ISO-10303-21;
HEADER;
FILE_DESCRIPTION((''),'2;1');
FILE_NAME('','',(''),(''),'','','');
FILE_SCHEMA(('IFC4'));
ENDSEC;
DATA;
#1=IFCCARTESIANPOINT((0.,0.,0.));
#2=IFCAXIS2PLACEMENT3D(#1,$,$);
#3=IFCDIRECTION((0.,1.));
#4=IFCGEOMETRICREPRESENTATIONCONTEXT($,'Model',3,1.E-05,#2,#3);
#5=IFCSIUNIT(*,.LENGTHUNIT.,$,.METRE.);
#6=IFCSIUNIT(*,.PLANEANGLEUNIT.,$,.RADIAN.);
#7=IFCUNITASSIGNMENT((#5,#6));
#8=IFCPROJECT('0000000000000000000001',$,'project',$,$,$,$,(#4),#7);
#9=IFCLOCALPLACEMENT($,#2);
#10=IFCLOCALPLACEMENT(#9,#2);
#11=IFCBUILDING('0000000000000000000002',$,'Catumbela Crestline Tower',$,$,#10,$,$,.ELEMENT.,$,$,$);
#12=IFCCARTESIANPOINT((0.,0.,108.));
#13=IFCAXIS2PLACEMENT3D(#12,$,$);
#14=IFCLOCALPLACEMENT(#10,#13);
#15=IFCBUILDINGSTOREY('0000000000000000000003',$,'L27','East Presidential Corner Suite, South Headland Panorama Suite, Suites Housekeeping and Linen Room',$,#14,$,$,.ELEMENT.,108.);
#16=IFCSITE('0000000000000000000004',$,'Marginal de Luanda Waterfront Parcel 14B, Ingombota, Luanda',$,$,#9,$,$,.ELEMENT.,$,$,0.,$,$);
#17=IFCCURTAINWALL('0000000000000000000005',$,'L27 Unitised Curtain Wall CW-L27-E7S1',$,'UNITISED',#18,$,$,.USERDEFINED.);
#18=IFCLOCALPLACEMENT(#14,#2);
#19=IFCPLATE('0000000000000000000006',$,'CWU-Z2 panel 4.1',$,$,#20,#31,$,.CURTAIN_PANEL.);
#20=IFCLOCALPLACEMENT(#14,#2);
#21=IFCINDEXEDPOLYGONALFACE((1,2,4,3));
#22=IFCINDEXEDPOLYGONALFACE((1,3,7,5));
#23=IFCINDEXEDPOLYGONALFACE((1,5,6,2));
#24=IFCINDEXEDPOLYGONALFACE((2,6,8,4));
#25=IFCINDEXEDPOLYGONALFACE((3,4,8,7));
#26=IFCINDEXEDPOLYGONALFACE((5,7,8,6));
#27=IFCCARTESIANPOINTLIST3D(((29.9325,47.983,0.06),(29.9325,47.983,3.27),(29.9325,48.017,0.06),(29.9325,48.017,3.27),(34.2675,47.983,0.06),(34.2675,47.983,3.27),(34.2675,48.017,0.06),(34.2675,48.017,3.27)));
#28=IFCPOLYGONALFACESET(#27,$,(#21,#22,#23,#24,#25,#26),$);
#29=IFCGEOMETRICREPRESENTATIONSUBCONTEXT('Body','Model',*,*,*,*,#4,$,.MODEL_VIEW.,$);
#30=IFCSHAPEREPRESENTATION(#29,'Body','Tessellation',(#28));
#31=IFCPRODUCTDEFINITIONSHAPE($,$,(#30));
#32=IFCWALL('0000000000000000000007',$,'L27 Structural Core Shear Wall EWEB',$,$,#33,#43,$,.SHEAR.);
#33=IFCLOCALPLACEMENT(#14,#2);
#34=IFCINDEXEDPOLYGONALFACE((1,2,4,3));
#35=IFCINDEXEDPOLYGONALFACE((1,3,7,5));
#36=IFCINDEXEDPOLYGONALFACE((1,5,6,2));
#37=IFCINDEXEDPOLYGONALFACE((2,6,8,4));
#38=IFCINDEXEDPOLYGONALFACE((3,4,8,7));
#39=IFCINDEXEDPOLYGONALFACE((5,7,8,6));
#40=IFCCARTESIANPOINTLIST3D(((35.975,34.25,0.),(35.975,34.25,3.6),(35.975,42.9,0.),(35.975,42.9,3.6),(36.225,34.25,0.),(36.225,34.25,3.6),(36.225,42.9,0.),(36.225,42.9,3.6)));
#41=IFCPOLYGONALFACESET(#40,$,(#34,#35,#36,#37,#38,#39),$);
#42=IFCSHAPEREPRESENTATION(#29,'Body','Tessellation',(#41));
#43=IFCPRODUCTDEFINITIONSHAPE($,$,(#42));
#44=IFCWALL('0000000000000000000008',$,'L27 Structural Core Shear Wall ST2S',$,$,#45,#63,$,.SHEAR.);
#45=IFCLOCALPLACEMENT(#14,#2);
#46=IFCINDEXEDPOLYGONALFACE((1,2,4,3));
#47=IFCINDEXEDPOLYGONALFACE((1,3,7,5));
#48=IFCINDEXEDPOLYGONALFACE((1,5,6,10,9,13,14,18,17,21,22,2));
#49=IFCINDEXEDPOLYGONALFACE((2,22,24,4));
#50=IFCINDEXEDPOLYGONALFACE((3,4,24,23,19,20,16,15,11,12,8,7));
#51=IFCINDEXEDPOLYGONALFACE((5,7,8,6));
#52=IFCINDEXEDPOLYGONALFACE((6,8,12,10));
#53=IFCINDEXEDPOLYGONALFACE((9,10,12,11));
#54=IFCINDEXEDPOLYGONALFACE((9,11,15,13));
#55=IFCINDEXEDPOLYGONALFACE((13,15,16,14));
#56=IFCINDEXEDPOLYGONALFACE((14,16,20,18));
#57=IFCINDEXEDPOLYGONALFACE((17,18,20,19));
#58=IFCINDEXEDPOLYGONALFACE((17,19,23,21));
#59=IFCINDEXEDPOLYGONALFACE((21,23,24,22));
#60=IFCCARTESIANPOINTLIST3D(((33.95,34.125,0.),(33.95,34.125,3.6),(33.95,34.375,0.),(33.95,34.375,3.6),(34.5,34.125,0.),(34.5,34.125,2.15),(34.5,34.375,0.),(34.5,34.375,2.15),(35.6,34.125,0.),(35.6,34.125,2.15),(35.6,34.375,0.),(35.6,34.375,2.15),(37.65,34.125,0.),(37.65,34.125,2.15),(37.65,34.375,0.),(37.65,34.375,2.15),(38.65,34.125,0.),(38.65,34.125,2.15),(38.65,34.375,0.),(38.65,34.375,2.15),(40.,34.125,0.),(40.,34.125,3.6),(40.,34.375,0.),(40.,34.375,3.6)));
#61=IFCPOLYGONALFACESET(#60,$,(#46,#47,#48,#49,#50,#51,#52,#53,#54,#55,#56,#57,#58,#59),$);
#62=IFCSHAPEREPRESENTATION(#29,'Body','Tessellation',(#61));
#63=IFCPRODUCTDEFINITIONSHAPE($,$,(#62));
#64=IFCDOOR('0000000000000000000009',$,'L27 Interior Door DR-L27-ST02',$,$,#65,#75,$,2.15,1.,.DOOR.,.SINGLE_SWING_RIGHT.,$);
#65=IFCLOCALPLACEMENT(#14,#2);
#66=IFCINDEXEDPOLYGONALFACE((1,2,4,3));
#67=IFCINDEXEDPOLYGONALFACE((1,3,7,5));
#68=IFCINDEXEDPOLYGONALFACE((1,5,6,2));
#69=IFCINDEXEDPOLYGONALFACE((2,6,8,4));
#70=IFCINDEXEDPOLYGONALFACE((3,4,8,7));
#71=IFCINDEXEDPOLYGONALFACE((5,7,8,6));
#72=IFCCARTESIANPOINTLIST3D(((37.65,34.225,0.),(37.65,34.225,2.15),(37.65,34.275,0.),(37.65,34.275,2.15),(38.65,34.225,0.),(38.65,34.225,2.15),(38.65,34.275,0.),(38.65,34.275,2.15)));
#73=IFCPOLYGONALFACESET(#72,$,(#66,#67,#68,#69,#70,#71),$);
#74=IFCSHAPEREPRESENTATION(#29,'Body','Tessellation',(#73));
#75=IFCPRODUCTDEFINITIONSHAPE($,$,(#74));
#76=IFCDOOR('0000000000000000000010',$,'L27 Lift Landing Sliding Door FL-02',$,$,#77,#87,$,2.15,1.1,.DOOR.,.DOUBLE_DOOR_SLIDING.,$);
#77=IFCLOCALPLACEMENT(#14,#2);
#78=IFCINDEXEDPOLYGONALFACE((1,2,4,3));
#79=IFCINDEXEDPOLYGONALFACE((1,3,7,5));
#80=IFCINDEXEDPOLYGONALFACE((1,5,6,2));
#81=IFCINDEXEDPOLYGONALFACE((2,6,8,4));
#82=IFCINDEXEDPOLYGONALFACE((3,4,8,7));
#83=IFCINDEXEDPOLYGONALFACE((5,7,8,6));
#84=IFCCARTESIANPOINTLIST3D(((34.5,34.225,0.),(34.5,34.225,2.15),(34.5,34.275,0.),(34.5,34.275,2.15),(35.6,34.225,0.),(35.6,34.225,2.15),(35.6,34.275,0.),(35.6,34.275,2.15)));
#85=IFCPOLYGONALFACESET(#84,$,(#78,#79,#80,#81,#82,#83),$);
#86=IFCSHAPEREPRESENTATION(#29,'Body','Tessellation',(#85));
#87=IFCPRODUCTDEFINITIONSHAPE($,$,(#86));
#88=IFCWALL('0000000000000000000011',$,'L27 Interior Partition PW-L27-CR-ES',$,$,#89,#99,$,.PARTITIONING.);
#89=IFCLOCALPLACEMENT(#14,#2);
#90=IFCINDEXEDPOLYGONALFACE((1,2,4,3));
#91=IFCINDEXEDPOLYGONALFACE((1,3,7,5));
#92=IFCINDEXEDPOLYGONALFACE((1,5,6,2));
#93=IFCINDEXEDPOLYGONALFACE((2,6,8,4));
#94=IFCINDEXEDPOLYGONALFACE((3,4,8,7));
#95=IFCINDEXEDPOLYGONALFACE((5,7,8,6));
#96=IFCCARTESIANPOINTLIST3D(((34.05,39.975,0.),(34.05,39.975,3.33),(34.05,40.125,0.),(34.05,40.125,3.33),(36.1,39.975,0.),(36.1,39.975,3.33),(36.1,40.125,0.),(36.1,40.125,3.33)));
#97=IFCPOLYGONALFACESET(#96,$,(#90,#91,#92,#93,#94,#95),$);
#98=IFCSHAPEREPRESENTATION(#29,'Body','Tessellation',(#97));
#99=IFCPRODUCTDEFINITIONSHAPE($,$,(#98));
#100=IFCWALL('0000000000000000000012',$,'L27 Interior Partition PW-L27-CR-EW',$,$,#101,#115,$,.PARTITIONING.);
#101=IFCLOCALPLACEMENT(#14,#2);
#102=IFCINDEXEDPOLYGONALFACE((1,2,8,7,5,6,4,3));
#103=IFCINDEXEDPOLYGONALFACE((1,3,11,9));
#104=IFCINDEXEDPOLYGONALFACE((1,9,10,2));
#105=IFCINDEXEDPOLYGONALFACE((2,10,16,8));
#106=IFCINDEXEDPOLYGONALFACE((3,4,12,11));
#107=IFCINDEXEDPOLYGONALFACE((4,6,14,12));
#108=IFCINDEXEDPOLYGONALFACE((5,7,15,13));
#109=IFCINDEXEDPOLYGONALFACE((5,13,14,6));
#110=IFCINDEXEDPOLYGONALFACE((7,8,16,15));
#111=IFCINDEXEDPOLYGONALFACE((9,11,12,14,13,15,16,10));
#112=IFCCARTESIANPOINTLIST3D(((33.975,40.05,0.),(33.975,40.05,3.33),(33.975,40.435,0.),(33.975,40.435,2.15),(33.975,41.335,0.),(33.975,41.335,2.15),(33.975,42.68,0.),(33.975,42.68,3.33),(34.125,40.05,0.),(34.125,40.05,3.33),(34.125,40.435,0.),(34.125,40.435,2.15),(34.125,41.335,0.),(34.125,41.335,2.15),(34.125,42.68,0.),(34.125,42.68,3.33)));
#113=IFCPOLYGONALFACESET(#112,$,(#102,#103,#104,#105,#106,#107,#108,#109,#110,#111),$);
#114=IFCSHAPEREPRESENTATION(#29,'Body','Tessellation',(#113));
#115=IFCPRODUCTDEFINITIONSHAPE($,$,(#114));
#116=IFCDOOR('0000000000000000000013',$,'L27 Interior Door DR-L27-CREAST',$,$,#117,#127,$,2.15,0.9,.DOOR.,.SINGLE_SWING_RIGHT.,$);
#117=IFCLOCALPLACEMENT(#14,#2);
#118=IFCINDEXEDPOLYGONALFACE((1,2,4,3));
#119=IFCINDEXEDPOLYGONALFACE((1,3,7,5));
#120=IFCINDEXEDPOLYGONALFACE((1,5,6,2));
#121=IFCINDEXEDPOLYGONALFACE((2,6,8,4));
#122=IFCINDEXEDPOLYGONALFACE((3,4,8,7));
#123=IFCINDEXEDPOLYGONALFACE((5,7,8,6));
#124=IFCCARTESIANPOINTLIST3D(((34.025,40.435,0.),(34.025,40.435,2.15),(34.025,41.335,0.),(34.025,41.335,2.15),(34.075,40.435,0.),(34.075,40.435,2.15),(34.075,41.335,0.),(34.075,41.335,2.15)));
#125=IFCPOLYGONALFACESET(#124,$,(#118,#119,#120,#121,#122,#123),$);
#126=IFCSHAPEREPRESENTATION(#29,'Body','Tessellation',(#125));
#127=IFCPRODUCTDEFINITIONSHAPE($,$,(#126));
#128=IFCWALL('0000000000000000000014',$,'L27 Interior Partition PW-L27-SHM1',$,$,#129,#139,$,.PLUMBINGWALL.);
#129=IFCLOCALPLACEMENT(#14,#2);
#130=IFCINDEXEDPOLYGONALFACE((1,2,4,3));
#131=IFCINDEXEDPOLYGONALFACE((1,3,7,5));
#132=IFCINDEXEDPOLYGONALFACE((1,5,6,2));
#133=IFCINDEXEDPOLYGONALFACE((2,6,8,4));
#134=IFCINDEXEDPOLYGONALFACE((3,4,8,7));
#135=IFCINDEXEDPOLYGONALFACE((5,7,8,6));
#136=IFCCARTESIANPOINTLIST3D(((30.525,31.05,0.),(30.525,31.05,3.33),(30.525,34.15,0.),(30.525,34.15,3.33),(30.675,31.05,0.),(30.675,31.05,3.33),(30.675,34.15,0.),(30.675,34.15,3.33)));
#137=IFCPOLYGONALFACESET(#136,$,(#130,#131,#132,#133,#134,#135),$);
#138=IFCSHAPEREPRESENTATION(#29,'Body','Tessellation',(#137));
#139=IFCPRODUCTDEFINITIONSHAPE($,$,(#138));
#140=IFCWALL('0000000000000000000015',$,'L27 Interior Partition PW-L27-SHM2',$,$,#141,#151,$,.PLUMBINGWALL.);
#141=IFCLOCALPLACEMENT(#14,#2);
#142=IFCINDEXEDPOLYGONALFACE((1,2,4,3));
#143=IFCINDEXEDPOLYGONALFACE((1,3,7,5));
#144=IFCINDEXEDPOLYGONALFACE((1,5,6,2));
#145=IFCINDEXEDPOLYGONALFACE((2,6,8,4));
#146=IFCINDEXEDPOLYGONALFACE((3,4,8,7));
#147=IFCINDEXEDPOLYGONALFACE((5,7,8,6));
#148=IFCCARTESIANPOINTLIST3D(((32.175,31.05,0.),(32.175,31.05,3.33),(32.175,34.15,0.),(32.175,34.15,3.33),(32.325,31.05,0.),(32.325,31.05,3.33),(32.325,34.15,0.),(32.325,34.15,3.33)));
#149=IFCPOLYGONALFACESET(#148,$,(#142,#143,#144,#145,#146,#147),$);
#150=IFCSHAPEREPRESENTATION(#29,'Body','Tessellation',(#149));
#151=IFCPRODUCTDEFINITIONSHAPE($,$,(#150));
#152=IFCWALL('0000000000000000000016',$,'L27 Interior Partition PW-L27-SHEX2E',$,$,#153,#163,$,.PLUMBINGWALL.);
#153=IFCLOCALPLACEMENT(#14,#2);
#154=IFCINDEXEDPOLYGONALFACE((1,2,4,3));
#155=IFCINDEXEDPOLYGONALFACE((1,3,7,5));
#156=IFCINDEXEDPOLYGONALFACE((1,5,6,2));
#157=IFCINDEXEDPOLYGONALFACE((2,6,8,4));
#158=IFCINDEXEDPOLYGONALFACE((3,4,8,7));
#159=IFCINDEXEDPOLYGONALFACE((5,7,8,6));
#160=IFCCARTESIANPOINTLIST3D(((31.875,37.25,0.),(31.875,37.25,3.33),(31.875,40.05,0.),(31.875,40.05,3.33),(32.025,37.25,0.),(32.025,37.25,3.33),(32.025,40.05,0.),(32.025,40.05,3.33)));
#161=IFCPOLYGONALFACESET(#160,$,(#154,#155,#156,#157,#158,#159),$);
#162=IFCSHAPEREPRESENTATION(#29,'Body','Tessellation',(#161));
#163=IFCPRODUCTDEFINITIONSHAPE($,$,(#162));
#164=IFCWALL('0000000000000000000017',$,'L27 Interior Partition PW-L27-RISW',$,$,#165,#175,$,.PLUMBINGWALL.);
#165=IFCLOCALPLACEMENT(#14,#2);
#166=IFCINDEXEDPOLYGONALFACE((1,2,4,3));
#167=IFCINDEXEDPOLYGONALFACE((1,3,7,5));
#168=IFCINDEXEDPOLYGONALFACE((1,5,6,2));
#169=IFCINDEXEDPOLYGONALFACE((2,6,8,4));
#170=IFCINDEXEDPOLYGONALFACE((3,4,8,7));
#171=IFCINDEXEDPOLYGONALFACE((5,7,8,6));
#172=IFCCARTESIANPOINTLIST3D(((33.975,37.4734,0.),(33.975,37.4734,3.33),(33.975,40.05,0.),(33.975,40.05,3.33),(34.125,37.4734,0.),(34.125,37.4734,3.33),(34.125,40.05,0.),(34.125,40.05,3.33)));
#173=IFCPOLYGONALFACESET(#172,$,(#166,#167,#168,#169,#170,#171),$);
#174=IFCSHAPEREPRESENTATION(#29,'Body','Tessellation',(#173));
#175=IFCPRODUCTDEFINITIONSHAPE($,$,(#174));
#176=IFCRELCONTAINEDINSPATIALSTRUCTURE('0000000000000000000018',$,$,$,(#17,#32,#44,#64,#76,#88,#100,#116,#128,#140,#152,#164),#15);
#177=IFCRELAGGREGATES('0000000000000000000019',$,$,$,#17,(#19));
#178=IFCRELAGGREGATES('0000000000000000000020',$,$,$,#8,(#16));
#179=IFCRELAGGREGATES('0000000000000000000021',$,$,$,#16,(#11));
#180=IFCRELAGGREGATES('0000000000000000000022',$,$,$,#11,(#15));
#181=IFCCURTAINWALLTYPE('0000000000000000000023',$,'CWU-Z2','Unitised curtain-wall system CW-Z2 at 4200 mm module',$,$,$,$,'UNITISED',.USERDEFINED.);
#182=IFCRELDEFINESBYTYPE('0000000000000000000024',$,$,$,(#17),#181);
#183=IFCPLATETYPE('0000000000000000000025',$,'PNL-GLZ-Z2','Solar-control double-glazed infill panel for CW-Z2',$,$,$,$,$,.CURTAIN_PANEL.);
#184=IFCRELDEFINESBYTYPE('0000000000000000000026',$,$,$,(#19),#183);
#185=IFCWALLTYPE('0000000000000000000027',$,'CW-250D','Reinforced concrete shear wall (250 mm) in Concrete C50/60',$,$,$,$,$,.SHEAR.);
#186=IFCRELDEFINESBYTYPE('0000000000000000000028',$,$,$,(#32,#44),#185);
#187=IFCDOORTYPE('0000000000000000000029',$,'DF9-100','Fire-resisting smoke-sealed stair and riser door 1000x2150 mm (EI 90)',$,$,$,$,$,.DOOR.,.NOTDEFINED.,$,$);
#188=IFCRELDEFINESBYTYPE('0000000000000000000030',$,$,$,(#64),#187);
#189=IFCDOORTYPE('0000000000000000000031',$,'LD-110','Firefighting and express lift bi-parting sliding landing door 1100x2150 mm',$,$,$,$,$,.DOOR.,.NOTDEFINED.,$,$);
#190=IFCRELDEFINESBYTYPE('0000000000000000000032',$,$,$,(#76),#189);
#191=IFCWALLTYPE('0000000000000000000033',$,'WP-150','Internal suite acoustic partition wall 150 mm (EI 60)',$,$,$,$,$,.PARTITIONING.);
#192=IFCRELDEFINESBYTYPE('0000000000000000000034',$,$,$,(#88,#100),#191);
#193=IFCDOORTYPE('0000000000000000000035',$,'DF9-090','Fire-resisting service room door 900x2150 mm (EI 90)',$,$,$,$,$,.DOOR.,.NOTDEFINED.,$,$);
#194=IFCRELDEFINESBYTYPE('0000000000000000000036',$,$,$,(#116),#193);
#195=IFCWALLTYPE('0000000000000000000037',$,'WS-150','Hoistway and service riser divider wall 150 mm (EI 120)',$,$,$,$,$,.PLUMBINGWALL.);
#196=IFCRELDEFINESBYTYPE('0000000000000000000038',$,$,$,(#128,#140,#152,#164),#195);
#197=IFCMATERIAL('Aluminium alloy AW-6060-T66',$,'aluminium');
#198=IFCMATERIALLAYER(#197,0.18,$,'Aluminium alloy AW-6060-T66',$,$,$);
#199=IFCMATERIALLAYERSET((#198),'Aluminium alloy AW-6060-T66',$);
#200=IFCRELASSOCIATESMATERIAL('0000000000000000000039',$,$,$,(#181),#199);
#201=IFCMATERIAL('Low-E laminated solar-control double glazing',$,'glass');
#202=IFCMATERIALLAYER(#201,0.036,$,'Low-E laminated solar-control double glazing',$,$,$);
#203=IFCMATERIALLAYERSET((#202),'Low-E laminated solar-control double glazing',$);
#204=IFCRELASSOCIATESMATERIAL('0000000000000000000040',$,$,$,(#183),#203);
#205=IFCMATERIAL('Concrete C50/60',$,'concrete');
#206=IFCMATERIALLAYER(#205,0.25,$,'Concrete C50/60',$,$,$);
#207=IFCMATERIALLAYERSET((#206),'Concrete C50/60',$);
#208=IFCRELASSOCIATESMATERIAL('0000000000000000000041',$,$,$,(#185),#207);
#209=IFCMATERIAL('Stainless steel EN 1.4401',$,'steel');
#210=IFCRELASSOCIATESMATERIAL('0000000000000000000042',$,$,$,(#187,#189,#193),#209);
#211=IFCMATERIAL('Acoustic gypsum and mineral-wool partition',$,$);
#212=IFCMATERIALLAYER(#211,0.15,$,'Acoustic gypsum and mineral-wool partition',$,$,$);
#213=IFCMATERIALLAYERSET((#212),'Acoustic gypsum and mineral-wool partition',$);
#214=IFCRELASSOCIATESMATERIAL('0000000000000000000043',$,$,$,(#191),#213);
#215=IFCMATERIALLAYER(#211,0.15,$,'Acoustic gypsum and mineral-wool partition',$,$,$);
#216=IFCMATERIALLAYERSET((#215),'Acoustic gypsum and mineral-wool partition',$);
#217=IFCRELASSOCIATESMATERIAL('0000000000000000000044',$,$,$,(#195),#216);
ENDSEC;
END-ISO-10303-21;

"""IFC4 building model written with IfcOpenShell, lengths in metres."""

from ifc_helpers import new_model, si_unit, direction, frame, frame_2d, origin, origin_2d, place, context, subcontext, project, spatial, rectangle, extrude, material, layer, layer_set, type_object, element, fill, aggregate, save


model = new_model("IFC4")

# Units and contexts
model_context = context("Model", 3, precision=1e-05, world=origin(), true_north=direction((0.0, 1.0)))
body_context = subcontext(model_context, "Body", "Model", "MODEL_VIEW")
ifc_project = project(units=[si_unit("LENGTHUNIT", "METRE"), si_unit("PLANEANGLEUNIT", "RADIAN")], contexts=[model_context])

# Site, building, storey
site_placement = place(None, origin())
site = spatial("IfcSite", under=ifc_project, at=site_placement, Name="Marginal de Luanda Waterfront Parcel 14B, Ingombota, Luanda", CompositionType="ELEMENT", RefElevation=0.0)
building_placement = place(site_placement, origin())
building = spatial("IfcBuilding", under=site, at=building_placement, Name="Catumbela Crestline Tower", CompositionType="ELEMENT")
storey_placement = place(building_placement, frame((0.0, 0.0, 108.0)))
storey = spatial("IfcBuildingStorey", under=building, at=storey_placement, Name="L27", Description="East Presidential Corner Suite, South Headland Panorama Suite, Suites Housekeeping and Linen Room", CompositionType="ELEMENT", Elevation=108.0)

# Shared definitions
ifc_material_1 = material(Name="Concrete C50/60", Category="concrete")

# Curtain wall
ifc_material_2 = material(Name="Aluminium alloy AW-6060-T66", Category="aluminium")
ifc_layer_1 = layer(ifc_material_2, 0.18, Name="Aluminium alloy AW-6060-T66")
ifc_layer_set_1 = layer_set([ifc_layer_1], Name="Aluminium alloy AW-6060-T66")
curtain_wall_type = type_object("IfcCurtainWallType", Name="CWU-Z2", Description="Unitised curtain-wall system CW-Z2 at 4200 mm module", ElementType="UNITISED", PredefinedType="USERDEFINED", material=ifc_layer_set_1)
curtain_wall_placement = place(storey_placement, origin())
curtain_wall = element("IfcCurtainWall", 1, at=curtain_wall_placement, inside=storey, type_object=curtain_wall_type, Name="L27 Unitised Curtain Wall CW-L27-E7S1", ObjectType="UNITISED", PredefinedType="USERDEFINED")

# Plate
ifc_material_3 = material(Name="Low-E laminated solar-control double glazing", Category="glass")
ifc_layer_2 = layer(ifc_material_3, 0.036, Name="Low-E laminated solar-control double glazing")
ifc_layer_set_2 = layer_set([ifc_layer_2], Name="Low-E laminated solar-control double glazing")
plate_type = type_object("IfcPlateType", Name="PNL-GLZ-Z2", Description="Solar-control double-glazed infill panel for CW-Z2", PredefinedType="CURTAIN_PANEL", material=ifc_layer_set_2)
plate_1_placement = place(storey_placement, frame((32.1, 48.0, 0.06), z_axis=(0.0, 0.0, 1.0), x_axis=(-1.0, 0.0, 0.0)))
plate_1 = element("IfcPlate", 2, at=plate_1_placement, type_object=plate_type, Name="CWU-Z2 panel 4.1", PredefinedType="CURTAIN_PANEL", context=body_context, shape_type="SweptSolid", body=[
    extrude(rectangle(XDim=4.335, YDim=0.034, at=origin_2d()), origin(), (0.0, 0.0, 1.0), 3.21),
])
aggregate(curtain_wall, [plate_1])

# Wall
ifc_layer_3 = layer(ifc_material_1, 0.25, Name="Concrete C50/60")
ifc_layer_set_3 = layer_set([ifc_layer_3], Name="Concrete C50/60")
wall_type_1 = type_object("IfcWallType", Name="CW-250D", Description="Reinforced concrete shear wall (250 mm) in Concrete C50/60", PredefinedType="SHEAR", material=ifc_layer_set_3)
wall_1_placement = place(storey_placement, frame((36.1, 34.25, 0.0), z_axis=(0.0, 0.0, 1.0), x_axis=(0.0, 1.0, 0.0)))
element("IfcWall", 3, at=wall_1_placement, inside=storey, type_object=wall_type_1, Name="L27 Structural Core Shear Wall EWEB", PredefinedType="SHEAR", context=body_context, shape_type="SweptSolid", body=[
    extrude(rectangle(XDim=8.65, YDim=0.25, at=frame_2d((4.325, 0.0))), origin(), (0.0, 0.0, 1.0), 3.6),
])

# Wall, openings, doors
wall_2_placement = place(storey_placement, frame((33.95, 34.25, 0.0), z_axis=(0.0, 0.0, 1.0), x_axis=(1.0, 0.0, 0.0)))
wall_2 = element("IfcWall", 4, at=wall_2_placement, inside=storey, type_object=wall_type_1, Name="L27 Structural Core Shear Wall ST2S", PredefinedType="SHEAR", context=body_context, shape_type="SweptSolid", body=[
    extrude(rectangle(XDim=6.05, YDim=0.25, at=frame_2d((3.025, 0.0))), origin(), (0.0, 0.0, 1.0), 3.6),
])
opening_1_placement = place(wall_2_placement, frame((3.7, 0.0, 0.0)))
opening_1 = element("IfcOpeningElement", 5, at=opening_1_placement, cuts=wall_2, PredefinedType="OPENING", context=body_context, shape_type="SweptSolid", body=[
    extrude(rectangle(XDim=1.0, YDim=2.15, at=frame_2d((0.5, 1.075))), frame((0.0, 0.135, 0.0), z_axis=(0.0, -1.0, 0.0), x_axis=(1.0, 0.0, 0.0)), (0.0, 0.0, 1.0), 0.27),
])
opening_2_placement = place(wall_2_placement, frame((0.55, 0.0, 0.0)))
opening_2 = element("IfcOpeningElement", 6, at=opening_2_placement, cuts=wall_2, PredefinedType="OPENING", context=body_context, shape_type="SweptSolid", body=[
    extrude(rectangle(XDim=1.1, YDim=2.15, at=frame_2d((0.55, 1.075))), frame((0.0, 0.135, 0.0), z_axis=(0.0, -1.0, 0.0), x_axis=(1.0, 0.0, 0.0)), (0.0, 0.0, 1.0), 0.27),
])
ifc_material_4 = material(Name="Stainless steel EN 1.4401", Category="steel")
door_type_1 = type_object("IfcDoorType", Name="DF9-100", Description="Fire-resisting smoke-sealed stair and riser door 1000x2150 mm (EI 90)", OperationType="NOTDEFINED", PredefinedType="DOOR", material=ifc_material_4)
door_1_placement = place(opening_1_placement, origin())
door_1 = element("IfcDoor", 7, at=door_1_placement, inside=storey, type_object=door_type_1, Name="L27 Interior Door DR-L27-ST02", OperationType="SINGLE_SWING_RIGHT", OverallHeight=2.15, OverallWidth=1.0, PredefinedType="DOOR", context=body_context, shape_type="SweptSolid", body=[
    extrude(rectangle(XDim=1.0, YDim=2.15, at=frame_2d((0.5, 1.075))), frame((0.0, 0.025, 0.0), z_axis=(0.0, -1.0, 0.0), x_axis=(1.0, 0.0, 0.0)), (0.0, 0.0, 1.0), 0.05),
])
fill(opening_1, door_1)
door_type_2 = type_object("IfcDoorType", Name="LD-110", Description="Firefighting and express lift bi-parting sliding landing door 1100x2150 mm", OperationType="NOTDEFINED", PredefinedType="DOOR", material=ifc_material_4)
door_2_placement = place(opening_2_placement, origin())
door_2 = element("IfcDoor", 8, at=door_2_placement, inside=storey, type_object=door_type_2, Name="L27 Lift Landing Sliding Door FL-02", OperationType="DOUBLE_DOOR_SLIDING", OverallHeight=2.15, OverallWidth=1.1, PredefinedType="DOOR", context=body_context, shape_type="SweptSolid", body=[
    extrude(rectangle(XDim=1.1, YDim=2.15, at=frame_2d((0.55, 1.075))), frame((0.0, 0.025, 0.0), z_axis=(0.0, -1.0, 0.0), x_axis=(1.0, 0.0, 0.0)), (0.0, 0.0, 1.0), 0.05),
])
fill(opening_2, door_2)

# Wall
ifc_material_5 = material(Name="Acoustic gypsum and mineral-wool partition")
ifc_layer_4 = layer(ifc_material_5, 0.15, Name="Acoustic gypsum and mineral-wool partition")
ifc_layer_set_4 = layer_set([ifc_layer_4], Name="Acoustic gypsum and mineral-wool partition")
wall_type_2 = type_object("IfcWallType", Name="WP-150", Description="Internal suite acoustic partition wall 150 mm (EI 60)", PredefinedType="PARTITIONING", material=ifc_layer_set_4)
wall_3_placement = place(storey_placement, frame((34.05, 40.05, 0.0), z_axis=(0.0, 0.0, 1.0), x_axis=(1.0, 0.0, 0.0)))
element("IfcWall", 9, at=wall_3_placement, inside=storey, type_object=wall_type_2, Name="L27 Interior Partition PW-L27-CR-ES", PredefinedType="PARTITIONING", context=body_context, shape_type="SweptSolid", body=[
    extrude(rectangle(XDim=2.05, YDim=0.15, at=frame_2d((1.025, 0.0))), origin(), (0.0, 0.0, 1.0), 3.33),
])

# Wall, opening, door
wall_4_placement = place(storey_placement, frame((34.05, 40.05, 0.0), z_axis=(0.0, 0.0, 1.0), x_axis=(0.0, 1.0, 0.0)))
wall_4 = element("IfcWall", 10, at=wall_4_placement, inside=storey, type_object=wall_type_2, Name="L27 Interior Partition PW-L27-CR-EW", PredefinedType="PARTITIONING", context=body_context, shape_type="SweptSolid", body=[
    extrude(rectangle(XDim=2.63, YDim=0.15, at=frame_2d((1.315, 0.0))), origin(), (0.0, 0.0, 1.0), 3.33),
])
opening_3_placement = place(wall_4_placement, frame((0.385, 0.0, 0.0)))
opening_3 = element("IfcOpeningElement", 11, at=opening_3_placement, cuts=wall_4, PredefinedType="OPENING", context=body_context, shape_type="SweptSolid", body=[
    extrude(rectangle(XDim=0.9, YDim=2.15, at=frame_2d((0.45, 1.075))), frame((0.0, 0.085, 0.0), z_axis=(0.0, -1.0, 0.0), x_axis=(1.0, 0.0, 0.0)), (0.0, 0.0, 1.0), 0.17),
])
door_type_3 = type_object("IfcDoorType", Name="DF9-090", Description="Fire-resisting service room door 900x2150 mm (EI 90)", OperationType="NOTDEFINED", PredefinedType="DOOR", material=ifc_material_4)
door_3_placement = place(opening_3_placement, origin())
door_3 = element("IfcDoor", 12, at=door_3_placement, inside=storey, type_object=door_type_3, Name="L27 Interior Door DR-L27-CREAST", OperationType="SINGLE_SWING_RIGHT", OverallHeight=2.15, OverallWidth=0.9, PredefinedType="DOOR", context=body_context, shape_type="SweptSolid", body=[
    extrude(rectangle(XDim=0.9, YDim=2.15, at=frame_2d((0.45, 1.075))), frame((0.0, 0.025, 0.0), z_axis=(0.0, -1.0, 0.0), x_axis=(1.0, 0.0, 0.0)), (0.0, 0.0, 1.0), 0.05),
])
fill(opening_3, door_3)

# Walls
ifc_layer_5 = layer(ifc_material_5, 0.15, Name="Acoustic gypsum and mineral-wool partition")
ifc_layer_set_5 = layer_set([ifc_layer_5], Name="Acoustic gypsum and mineral-wool partition")
wall_type_3 = type_object("IfcWallType", Name="WS-150", Description="Hoistway and service riser divider wall 150 mm (EI 120)", PredefinedType="PLUMBINGWALL", material=ifc_layer_set_5)
for number, where, z_axis, x_axis, name in (
    (13, (30.6, 31.05, 0.0), (0.0, 0.0, 1.0), (0.0, 1.0, 0.0), "L27 Interior Partition PW-L27-SHM1"),
    (14, (32.25, 31.05, 0.0), (0.0, 0.0, 1.0), (0.0, 1.0, 0.0), "L27 Interior Partition PW-L27-SHM2"),
):
    element("IfcWall", number, at=place(storey_placement, frame(where, z_axis=z_axis, x_axis=x_axis)), inside=storey, type_object=wall_type_3, Name=name, PredefinedType="PLUMBINGWALL", context=body_context, shape_type="SweptSolid", body=[
        extrude(rectangle(XDim=3.1, YDim=0.15, at=frame_2d((1.55, 0.0))), origin(), (0.0, 0.0, 1.0), 3.33),
    ])
wall_5_placement = place(storey_placement, frame((31.95, 37.25, 0.0), z_axis=(0.0, 0.0, 1.0), x_axis=(0.0, 1.0, 0.0)))
element("IfcWall", 15, at=wall_5_placement, inside=storey, type_object=wall_type_3, Name="L27 Interior Partition PW-L27-SHEX2E", PredefinedType="PLUMBINGWALL", context=body_context, shape_type="SweptSolid", body=[
    extrude(rectangle(XDim=2.8, YDim=0.15, at=frame_2d((1.4, 0.0))), origin(), (0.0, 0.0, 1.0), 3.33),
])
wall_6_placement = place(storey_placement, frame((34.05, 37.4734, 0.0), z_axis=(0.0, 0.0, 1.0), x_axis=(0.0, 1.0, 0.0)))
element("IfcWall", 16, at=wall_6_placement, inside=storey, type_object=wall_type_3, Name="L27 Interior Partition PW-L27-RISW", PredefinedType="PLUMBINGWALL", context=body_context, shape_type="SweptSolid", body=[
    extrude(rectangle(XDim=2.5766, YDim=0.15, at=frame_2d((1.2883, 0.0))), origin(), (0.0, 0.0, 1.0), 3.33),
])

save(model, "model.ifc")
